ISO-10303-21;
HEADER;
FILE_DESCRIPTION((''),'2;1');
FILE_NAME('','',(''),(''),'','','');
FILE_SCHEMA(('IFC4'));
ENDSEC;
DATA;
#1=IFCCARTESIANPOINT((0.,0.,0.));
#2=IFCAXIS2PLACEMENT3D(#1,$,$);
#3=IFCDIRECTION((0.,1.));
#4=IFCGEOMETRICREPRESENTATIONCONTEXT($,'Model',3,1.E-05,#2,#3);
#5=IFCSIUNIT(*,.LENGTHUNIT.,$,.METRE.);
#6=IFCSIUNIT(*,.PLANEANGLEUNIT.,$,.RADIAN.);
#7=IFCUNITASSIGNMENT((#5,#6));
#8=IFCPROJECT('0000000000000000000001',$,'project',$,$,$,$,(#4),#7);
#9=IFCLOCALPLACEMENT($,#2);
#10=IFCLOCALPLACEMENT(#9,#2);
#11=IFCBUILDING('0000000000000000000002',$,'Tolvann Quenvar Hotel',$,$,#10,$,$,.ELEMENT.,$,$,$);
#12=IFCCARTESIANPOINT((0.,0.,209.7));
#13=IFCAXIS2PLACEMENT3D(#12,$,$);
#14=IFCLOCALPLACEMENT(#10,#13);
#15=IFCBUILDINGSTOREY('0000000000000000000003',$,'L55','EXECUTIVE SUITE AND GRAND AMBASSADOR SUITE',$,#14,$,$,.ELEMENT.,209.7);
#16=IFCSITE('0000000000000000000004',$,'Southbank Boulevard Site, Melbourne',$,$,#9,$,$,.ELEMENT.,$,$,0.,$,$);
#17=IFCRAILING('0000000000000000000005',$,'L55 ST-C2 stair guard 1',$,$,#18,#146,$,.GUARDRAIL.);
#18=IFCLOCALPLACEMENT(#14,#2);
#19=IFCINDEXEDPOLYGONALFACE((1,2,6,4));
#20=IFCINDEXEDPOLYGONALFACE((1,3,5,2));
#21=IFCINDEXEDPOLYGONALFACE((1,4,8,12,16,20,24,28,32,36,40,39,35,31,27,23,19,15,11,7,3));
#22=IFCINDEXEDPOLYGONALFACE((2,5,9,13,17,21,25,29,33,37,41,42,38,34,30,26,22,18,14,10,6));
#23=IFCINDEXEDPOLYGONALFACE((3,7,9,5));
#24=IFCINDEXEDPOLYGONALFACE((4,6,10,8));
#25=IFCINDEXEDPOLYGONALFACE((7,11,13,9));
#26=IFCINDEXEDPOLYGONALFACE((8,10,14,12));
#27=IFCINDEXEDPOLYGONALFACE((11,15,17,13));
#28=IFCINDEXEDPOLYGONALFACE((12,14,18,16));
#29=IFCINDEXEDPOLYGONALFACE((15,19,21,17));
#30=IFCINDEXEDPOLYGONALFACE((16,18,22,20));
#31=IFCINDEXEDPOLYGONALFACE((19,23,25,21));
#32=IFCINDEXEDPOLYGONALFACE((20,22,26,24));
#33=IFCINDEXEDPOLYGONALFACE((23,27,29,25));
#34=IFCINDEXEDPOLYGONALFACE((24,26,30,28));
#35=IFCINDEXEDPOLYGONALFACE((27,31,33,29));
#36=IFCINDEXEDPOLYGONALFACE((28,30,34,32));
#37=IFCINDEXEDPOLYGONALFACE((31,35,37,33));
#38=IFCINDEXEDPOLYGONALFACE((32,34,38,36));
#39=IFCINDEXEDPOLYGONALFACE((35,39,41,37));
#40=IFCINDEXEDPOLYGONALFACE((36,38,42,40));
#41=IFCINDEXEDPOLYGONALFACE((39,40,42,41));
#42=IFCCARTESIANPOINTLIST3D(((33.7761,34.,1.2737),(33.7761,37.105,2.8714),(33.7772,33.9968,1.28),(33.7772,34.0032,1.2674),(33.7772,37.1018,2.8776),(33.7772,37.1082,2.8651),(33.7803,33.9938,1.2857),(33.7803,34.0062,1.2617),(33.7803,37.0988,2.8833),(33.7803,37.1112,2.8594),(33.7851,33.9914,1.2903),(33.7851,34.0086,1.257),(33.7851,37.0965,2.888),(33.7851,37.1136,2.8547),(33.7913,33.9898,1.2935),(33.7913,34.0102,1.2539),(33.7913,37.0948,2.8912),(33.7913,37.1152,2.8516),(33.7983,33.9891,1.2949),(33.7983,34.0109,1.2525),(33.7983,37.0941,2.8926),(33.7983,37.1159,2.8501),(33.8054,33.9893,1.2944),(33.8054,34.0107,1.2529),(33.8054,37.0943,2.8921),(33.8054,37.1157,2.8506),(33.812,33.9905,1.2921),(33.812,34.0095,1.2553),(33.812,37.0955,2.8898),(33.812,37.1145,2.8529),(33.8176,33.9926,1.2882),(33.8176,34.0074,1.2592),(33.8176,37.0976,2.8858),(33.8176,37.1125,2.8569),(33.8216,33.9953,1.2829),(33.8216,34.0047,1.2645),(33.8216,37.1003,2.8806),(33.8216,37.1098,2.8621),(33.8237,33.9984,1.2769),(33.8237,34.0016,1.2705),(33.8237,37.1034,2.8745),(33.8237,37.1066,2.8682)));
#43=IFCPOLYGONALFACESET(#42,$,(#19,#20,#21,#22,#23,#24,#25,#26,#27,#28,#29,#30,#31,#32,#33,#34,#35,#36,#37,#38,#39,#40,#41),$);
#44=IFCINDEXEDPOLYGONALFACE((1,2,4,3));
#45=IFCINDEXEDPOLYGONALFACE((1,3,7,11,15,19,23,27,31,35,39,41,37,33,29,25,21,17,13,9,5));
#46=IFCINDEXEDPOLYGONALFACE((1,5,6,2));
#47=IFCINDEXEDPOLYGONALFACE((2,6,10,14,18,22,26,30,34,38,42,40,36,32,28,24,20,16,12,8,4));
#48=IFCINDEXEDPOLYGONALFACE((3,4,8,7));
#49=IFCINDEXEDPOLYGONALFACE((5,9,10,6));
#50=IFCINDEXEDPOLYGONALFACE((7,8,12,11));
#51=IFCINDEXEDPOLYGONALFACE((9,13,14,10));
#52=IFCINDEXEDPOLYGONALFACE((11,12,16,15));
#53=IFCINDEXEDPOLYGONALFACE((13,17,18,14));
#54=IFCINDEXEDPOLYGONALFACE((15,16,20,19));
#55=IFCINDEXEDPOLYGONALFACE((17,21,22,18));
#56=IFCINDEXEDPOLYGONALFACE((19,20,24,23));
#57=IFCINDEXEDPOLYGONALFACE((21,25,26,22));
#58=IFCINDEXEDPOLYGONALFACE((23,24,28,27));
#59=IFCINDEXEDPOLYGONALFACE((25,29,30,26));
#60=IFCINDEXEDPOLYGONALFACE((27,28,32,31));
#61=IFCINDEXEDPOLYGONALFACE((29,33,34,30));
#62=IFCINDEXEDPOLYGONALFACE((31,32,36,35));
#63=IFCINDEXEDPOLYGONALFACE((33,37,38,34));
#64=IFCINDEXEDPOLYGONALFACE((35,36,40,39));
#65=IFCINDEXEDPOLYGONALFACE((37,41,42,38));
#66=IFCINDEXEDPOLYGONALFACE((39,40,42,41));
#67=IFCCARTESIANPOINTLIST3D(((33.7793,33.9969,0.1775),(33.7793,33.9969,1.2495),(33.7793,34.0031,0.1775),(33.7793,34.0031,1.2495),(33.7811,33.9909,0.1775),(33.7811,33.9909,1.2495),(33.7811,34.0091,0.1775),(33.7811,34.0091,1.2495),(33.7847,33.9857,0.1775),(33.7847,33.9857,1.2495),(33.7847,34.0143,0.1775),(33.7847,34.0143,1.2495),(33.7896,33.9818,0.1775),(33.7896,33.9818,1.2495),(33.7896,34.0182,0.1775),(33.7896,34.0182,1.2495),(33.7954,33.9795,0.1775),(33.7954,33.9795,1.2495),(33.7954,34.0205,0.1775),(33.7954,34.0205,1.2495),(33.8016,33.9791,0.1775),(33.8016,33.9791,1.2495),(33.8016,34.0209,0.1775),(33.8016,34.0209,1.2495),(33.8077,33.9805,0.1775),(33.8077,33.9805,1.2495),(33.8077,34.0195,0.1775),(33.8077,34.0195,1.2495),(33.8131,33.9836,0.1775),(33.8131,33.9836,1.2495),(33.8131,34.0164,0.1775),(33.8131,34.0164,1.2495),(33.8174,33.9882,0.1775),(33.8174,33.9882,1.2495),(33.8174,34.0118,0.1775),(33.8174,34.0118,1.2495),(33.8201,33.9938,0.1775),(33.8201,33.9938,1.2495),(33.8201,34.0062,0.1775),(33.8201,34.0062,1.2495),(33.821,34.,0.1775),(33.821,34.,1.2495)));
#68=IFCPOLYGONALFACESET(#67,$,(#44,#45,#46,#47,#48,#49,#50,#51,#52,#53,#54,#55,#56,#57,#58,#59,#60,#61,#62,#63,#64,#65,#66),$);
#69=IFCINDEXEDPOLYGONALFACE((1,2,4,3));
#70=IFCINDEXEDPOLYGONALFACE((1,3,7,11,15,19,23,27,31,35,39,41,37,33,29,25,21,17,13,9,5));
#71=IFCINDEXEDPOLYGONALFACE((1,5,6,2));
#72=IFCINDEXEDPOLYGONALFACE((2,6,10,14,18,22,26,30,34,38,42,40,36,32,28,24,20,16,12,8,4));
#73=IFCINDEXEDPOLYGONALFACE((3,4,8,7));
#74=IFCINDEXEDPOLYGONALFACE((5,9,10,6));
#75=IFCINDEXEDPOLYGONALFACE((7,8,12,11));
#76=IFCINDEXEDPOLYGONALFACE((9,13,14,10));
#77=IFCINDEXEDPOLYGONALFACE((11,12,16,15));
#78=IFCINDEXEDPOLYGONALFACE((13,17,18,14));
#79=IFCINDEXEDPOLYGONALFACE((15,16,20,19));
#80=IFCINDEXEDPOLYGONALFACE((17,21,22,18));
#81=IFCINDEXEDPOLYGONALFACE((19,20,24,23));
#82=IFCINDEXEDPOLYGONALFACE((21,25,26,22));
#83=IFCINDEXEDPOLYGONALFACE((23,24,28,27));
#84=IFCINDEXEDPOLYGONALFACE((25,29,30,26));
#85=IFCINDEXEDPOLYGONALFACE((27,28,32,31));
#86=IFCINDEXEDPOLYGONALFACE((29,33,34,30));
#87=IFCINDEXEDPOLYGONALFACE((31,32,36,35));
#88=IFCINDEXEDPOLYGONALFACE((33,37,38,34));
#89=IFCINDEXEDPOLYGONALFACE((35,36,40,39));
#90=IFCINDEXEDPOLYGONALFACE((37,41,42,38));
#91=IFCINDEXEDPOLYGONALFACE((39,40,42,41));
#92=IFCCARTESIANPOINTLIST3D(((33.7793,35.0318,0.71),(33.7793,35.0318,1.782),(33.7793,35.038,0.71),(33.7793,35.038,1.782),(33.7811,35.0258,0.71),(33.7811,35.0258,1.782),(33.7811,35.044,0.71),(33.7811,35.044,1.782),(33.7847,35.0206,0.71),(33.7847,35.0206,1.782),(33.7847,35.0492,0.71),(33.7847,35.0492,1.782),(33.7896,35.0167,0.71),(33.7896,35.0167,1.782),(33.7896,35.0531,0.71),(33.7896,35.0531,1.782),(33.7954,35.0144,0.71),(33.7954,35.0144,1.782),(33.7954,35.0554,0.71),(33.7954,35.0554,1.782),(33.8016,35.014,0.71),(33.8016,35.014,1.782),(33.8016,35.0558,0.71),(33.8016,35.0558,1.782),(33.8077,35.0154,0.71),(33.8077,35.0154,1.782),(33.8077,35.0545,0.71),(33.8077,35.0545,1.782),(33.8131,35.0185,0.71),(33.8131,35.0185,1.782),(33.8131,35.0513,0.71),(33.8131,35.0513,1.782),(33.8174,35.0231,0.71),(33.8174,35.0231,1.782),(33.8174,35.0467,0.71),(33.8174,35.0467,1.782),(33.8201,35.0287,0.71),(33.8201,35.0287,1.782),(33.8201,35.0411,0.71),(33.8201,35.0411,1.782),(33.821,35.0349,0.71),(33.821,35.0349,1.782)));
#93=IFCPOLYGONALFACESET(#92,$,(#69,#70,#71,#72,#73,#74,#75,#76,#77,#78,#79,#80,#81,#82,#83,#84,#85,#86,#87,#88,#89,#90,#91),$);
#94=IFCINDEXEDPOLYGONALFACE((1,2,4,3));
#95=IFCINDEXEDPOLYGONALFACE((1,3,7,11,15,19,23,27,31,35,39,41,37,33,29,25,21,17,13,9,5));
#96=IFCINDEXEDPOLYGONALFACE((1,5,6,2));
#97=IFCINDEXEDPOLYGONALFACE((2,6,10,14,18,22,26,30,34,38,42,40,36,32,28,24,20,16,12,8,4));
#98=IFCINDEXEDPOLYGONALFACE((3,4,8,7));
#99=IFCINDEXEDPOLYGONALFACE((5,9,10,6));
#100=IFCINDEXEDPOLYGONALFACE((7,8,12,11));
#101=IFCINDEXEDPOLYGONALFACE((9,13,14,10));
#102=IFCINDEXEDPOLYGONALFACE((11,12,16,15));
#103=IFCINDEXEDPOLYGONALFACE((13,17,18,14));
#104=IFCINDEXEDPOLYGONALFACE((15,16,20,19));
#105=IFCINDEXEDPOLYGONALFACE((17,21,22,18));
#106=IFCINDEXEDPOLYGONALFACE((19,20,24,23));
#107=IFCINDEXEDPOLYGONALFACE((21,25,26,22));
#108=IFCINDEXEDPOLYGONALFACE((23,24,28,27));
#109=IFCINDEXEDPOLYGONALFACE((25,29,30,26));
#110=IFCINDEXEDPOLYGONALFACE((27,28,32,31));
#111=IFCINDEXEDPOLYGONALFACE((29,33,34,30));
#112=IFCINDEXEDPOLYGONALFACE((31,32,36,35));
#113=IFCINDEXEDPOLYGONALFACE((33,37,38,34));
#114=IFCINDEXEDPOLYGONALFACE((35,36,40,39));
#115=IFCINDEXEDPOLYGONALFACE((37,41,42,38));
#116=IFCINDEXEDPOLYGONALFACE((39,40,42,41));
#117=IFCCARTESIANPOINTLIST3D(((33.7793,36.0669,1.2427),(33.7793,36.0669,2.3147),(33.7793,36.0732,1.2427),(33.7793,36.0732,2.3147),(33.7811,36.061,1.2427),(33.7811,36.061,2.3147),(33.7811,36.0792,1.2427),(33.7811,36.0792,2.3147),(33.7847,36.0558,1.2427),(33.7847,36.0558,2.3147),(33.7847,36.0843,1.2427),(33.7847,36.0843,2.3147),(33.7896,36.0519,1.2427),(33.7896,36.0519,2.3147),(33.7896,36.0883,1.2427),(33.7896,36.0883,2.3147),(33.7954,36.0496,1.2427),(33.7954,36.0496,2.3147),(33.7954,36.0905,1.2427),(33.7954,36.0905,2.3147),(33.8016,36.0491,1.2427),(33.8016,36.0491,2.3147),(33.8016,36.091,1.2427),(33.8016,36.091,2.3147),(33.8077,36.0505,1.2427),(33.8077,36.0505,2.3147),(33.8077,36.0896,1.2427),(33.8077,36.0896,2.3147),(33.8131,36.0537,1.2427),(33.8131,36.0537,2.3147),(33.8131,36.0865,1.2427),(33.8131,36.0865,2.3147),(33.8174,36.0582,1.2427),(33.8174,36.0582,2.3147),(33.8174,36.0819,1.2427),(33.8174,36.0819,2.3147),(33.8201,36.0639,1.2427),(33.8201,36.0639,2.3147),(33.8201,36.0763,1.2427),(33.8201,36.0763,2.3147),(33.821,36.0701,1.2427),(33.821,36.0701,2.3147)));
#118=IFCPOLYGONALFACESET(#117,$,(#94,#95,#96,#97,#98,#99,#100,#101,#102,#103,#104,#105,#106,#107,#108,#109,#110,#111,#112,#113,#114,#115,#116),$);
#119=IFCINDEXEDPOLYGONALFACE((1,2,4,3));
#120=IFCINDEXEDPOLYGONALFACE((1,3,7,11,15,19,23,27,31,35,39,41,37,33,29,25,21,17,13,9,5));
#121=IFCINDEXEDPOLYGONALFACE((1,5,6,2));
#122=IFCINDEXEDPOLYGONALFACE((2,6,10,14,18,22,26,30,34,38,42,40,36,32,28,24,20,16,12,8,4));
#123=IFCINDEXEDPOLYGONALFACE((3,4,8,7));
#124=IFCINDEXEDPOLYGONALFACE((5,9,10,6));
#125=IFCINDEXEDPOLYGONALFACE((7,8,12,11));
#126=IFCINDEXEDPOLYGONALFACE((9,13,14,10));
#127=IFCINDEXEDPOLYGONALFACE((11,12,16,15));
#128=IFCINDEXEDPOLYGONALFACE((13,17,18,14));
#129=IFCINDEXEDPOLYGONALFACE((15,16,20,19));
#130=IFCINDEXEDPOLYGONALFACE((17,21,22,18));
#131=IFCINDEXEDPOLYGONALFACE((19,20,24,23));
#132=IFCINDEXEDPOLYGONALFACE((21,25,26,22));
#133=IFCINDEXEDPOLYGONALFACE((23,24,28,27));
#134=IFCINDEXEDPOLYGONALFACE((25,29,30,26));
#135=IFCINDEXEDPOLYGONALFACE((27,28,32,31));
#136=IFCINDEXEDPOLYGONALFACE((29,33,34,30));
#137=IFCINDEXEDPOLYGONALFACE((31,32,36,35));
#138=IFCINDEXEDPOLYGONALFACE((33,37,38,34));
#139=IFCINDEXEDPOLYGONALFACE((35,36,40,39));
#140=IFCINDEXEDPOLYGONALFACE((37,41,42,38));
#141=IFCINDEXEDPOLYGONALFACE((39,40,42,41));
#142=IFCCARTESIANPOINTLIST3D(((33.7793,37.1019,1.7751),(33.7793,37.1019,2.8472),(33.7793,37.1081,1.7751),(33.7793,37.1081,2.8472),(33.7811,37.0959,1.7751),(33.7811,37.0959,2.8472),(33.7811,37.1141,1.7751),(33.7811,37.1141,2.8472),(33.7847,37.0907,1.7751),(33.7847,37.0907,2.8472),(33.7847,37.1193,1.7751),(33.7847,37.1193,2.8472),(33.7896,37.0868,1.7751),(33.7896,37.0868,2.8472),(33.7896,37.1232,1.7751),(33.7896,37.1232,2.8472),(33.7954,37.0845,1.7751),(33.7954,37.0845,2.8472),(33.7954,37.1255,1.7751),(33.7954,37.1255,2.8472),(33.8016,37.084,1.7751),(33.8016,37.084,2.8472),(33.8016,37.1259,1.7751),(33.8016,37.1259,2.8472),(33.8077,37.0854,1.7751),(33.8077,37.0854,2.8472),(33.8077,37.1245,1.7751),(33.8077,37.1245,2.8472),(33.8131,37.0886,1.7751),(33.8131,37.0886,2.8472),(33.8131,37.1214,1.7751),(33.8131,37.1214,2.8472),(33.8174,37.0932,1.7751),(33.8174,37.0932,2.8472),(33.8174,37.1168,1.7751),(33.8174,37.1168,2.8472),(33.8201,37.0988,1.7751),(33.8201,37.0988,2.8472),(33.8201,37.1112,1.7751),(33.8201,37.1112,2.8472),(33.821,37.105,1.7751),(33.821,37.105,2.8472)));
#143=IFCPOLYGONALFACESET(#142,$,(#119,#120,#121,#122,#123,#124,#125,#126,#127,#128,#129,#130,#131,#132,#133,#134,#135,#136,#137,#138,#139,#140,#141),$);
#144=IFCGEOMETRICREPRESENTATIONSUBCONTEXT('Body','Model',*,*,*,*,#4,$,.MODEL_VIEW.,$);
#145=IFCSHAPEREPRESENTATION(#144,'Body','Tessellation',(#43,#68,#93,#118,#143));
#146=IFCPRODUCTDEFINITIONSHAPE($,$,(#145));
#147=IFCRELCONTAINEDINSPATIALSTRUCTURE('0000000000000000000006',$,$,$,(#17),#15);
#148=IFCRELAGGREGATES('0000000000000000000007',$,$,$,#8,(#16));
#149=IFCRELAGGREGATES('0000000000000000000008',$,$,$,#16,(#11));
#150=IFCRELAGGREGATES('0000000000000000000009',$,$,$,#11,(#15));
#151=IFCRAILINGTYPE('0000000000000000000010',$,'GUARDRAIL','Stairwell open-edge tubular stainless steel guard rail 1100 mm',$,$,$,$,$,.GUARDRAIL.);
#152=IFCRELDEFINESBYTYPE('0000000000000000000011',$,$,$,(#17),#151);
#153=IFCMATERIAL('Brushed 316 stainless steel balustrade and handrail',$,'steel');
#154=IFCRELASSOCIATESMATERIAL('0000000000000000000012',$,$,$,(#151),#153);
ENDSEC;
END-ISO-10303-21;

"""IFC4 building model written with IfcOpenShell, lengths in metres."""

from ifc_helpers import new_model, si_unit, direction, frame, origin, origin_2d, place, context, subcontext, project, spatial, circle, extrude, material, type_object, element, save


model = new_model("IFC4")

# Units and contexts
model_context = context("Model", 3, precision=1e-05, world=origin(), true_north=direction((0.0, 1.0)))
body_context = subcontext(model_context, "Body", "Model", "MODEL_VIEW")
ifc_project = project(units=[si_unit("LENGTHUNIT", "METRE"), si_unit("PLANEANGLEUNIT", "RADIAN")], contexts=[model_context])

# Site, building, storey
site_placement = place(None, origin())
site = spatial("IfcSite", under=ifc_project, at=site_placement, Name="Southbank Boulevard Site, Melbourne", CompositionType="ELEMENT", RefElevation=0.0)
building_placement = place(site_placement, origin())
building = spatial("IfcBuilding", under=site, at=building_placement, Name="Tolvann Quenvar Hotel", CompositionType="ELEMENT")
storey_placement = place(building_placement, frame((0.0, 0.0, 209.7)))
storey = spatial("IfcBuildingStorey", under=building, at=storey_placement, Name="L55", Description="EXECUTIVE SUITE AND GRAND AMBASSADOR SUITE", CompositionType="ELEMENT", Elevation=209.7)

# Railing
ifc_material_1 = material(Name="Brushed 316 stainless steel balustrade and handrail", Category="steel")
railing_type_1 = type_object("IfcRailingType", Name="GUARDRAIL", Description="Stairwell open-edge tubular stainless steel guard rail 1100 mm", PredefinedType="GUARDRAIL", material=ifc_material_1)
railing_1_placement = place(storey_placement, frame((33.8, 34.0, 0.1775)))
element("IfcRailing", 1, at=railing_1_placement, inside=storey, type_object=railing_type_1, Name="L55 ST-C2 stair guard 1", PredefinedType="GUARDRAIL", context=body_context, shape_type="SweptSolid", body=[
    extrude(circle(Radius=0.0239, at=origin_2d()), frame((0.0, 0.0, 1.0962), z_axis=(0.0, 0.889194, 0.457531), x_axis=(-1.0, 0.0, 0.0)), (0.0, 0.0, 1.0), 3.4919),
    extrude(circle(Radius=0.021, at=origin_2d()), origin(), (0.0, 0.0, 1.0), 1.072),
    extrude(circle(Radius=0.021, at=origin_2d()), frame((0.0, 1.0349, 0.5325)), (0.0, 0.0, 1.0), 1.072),
    extrude(circle(Radius=0.021, at=origin_2d()), frame((0.0, 2.0701, 1.0652)), (0.0, 0.0, 1.0), 1.072),
    extrude(circle(Radius=0.021, at=origin_2d()), frame((0.0, 3.105, 1.5977)), (0.0, 0.0, 1.0), 1.072),
])

save(model, "model.ifc")
